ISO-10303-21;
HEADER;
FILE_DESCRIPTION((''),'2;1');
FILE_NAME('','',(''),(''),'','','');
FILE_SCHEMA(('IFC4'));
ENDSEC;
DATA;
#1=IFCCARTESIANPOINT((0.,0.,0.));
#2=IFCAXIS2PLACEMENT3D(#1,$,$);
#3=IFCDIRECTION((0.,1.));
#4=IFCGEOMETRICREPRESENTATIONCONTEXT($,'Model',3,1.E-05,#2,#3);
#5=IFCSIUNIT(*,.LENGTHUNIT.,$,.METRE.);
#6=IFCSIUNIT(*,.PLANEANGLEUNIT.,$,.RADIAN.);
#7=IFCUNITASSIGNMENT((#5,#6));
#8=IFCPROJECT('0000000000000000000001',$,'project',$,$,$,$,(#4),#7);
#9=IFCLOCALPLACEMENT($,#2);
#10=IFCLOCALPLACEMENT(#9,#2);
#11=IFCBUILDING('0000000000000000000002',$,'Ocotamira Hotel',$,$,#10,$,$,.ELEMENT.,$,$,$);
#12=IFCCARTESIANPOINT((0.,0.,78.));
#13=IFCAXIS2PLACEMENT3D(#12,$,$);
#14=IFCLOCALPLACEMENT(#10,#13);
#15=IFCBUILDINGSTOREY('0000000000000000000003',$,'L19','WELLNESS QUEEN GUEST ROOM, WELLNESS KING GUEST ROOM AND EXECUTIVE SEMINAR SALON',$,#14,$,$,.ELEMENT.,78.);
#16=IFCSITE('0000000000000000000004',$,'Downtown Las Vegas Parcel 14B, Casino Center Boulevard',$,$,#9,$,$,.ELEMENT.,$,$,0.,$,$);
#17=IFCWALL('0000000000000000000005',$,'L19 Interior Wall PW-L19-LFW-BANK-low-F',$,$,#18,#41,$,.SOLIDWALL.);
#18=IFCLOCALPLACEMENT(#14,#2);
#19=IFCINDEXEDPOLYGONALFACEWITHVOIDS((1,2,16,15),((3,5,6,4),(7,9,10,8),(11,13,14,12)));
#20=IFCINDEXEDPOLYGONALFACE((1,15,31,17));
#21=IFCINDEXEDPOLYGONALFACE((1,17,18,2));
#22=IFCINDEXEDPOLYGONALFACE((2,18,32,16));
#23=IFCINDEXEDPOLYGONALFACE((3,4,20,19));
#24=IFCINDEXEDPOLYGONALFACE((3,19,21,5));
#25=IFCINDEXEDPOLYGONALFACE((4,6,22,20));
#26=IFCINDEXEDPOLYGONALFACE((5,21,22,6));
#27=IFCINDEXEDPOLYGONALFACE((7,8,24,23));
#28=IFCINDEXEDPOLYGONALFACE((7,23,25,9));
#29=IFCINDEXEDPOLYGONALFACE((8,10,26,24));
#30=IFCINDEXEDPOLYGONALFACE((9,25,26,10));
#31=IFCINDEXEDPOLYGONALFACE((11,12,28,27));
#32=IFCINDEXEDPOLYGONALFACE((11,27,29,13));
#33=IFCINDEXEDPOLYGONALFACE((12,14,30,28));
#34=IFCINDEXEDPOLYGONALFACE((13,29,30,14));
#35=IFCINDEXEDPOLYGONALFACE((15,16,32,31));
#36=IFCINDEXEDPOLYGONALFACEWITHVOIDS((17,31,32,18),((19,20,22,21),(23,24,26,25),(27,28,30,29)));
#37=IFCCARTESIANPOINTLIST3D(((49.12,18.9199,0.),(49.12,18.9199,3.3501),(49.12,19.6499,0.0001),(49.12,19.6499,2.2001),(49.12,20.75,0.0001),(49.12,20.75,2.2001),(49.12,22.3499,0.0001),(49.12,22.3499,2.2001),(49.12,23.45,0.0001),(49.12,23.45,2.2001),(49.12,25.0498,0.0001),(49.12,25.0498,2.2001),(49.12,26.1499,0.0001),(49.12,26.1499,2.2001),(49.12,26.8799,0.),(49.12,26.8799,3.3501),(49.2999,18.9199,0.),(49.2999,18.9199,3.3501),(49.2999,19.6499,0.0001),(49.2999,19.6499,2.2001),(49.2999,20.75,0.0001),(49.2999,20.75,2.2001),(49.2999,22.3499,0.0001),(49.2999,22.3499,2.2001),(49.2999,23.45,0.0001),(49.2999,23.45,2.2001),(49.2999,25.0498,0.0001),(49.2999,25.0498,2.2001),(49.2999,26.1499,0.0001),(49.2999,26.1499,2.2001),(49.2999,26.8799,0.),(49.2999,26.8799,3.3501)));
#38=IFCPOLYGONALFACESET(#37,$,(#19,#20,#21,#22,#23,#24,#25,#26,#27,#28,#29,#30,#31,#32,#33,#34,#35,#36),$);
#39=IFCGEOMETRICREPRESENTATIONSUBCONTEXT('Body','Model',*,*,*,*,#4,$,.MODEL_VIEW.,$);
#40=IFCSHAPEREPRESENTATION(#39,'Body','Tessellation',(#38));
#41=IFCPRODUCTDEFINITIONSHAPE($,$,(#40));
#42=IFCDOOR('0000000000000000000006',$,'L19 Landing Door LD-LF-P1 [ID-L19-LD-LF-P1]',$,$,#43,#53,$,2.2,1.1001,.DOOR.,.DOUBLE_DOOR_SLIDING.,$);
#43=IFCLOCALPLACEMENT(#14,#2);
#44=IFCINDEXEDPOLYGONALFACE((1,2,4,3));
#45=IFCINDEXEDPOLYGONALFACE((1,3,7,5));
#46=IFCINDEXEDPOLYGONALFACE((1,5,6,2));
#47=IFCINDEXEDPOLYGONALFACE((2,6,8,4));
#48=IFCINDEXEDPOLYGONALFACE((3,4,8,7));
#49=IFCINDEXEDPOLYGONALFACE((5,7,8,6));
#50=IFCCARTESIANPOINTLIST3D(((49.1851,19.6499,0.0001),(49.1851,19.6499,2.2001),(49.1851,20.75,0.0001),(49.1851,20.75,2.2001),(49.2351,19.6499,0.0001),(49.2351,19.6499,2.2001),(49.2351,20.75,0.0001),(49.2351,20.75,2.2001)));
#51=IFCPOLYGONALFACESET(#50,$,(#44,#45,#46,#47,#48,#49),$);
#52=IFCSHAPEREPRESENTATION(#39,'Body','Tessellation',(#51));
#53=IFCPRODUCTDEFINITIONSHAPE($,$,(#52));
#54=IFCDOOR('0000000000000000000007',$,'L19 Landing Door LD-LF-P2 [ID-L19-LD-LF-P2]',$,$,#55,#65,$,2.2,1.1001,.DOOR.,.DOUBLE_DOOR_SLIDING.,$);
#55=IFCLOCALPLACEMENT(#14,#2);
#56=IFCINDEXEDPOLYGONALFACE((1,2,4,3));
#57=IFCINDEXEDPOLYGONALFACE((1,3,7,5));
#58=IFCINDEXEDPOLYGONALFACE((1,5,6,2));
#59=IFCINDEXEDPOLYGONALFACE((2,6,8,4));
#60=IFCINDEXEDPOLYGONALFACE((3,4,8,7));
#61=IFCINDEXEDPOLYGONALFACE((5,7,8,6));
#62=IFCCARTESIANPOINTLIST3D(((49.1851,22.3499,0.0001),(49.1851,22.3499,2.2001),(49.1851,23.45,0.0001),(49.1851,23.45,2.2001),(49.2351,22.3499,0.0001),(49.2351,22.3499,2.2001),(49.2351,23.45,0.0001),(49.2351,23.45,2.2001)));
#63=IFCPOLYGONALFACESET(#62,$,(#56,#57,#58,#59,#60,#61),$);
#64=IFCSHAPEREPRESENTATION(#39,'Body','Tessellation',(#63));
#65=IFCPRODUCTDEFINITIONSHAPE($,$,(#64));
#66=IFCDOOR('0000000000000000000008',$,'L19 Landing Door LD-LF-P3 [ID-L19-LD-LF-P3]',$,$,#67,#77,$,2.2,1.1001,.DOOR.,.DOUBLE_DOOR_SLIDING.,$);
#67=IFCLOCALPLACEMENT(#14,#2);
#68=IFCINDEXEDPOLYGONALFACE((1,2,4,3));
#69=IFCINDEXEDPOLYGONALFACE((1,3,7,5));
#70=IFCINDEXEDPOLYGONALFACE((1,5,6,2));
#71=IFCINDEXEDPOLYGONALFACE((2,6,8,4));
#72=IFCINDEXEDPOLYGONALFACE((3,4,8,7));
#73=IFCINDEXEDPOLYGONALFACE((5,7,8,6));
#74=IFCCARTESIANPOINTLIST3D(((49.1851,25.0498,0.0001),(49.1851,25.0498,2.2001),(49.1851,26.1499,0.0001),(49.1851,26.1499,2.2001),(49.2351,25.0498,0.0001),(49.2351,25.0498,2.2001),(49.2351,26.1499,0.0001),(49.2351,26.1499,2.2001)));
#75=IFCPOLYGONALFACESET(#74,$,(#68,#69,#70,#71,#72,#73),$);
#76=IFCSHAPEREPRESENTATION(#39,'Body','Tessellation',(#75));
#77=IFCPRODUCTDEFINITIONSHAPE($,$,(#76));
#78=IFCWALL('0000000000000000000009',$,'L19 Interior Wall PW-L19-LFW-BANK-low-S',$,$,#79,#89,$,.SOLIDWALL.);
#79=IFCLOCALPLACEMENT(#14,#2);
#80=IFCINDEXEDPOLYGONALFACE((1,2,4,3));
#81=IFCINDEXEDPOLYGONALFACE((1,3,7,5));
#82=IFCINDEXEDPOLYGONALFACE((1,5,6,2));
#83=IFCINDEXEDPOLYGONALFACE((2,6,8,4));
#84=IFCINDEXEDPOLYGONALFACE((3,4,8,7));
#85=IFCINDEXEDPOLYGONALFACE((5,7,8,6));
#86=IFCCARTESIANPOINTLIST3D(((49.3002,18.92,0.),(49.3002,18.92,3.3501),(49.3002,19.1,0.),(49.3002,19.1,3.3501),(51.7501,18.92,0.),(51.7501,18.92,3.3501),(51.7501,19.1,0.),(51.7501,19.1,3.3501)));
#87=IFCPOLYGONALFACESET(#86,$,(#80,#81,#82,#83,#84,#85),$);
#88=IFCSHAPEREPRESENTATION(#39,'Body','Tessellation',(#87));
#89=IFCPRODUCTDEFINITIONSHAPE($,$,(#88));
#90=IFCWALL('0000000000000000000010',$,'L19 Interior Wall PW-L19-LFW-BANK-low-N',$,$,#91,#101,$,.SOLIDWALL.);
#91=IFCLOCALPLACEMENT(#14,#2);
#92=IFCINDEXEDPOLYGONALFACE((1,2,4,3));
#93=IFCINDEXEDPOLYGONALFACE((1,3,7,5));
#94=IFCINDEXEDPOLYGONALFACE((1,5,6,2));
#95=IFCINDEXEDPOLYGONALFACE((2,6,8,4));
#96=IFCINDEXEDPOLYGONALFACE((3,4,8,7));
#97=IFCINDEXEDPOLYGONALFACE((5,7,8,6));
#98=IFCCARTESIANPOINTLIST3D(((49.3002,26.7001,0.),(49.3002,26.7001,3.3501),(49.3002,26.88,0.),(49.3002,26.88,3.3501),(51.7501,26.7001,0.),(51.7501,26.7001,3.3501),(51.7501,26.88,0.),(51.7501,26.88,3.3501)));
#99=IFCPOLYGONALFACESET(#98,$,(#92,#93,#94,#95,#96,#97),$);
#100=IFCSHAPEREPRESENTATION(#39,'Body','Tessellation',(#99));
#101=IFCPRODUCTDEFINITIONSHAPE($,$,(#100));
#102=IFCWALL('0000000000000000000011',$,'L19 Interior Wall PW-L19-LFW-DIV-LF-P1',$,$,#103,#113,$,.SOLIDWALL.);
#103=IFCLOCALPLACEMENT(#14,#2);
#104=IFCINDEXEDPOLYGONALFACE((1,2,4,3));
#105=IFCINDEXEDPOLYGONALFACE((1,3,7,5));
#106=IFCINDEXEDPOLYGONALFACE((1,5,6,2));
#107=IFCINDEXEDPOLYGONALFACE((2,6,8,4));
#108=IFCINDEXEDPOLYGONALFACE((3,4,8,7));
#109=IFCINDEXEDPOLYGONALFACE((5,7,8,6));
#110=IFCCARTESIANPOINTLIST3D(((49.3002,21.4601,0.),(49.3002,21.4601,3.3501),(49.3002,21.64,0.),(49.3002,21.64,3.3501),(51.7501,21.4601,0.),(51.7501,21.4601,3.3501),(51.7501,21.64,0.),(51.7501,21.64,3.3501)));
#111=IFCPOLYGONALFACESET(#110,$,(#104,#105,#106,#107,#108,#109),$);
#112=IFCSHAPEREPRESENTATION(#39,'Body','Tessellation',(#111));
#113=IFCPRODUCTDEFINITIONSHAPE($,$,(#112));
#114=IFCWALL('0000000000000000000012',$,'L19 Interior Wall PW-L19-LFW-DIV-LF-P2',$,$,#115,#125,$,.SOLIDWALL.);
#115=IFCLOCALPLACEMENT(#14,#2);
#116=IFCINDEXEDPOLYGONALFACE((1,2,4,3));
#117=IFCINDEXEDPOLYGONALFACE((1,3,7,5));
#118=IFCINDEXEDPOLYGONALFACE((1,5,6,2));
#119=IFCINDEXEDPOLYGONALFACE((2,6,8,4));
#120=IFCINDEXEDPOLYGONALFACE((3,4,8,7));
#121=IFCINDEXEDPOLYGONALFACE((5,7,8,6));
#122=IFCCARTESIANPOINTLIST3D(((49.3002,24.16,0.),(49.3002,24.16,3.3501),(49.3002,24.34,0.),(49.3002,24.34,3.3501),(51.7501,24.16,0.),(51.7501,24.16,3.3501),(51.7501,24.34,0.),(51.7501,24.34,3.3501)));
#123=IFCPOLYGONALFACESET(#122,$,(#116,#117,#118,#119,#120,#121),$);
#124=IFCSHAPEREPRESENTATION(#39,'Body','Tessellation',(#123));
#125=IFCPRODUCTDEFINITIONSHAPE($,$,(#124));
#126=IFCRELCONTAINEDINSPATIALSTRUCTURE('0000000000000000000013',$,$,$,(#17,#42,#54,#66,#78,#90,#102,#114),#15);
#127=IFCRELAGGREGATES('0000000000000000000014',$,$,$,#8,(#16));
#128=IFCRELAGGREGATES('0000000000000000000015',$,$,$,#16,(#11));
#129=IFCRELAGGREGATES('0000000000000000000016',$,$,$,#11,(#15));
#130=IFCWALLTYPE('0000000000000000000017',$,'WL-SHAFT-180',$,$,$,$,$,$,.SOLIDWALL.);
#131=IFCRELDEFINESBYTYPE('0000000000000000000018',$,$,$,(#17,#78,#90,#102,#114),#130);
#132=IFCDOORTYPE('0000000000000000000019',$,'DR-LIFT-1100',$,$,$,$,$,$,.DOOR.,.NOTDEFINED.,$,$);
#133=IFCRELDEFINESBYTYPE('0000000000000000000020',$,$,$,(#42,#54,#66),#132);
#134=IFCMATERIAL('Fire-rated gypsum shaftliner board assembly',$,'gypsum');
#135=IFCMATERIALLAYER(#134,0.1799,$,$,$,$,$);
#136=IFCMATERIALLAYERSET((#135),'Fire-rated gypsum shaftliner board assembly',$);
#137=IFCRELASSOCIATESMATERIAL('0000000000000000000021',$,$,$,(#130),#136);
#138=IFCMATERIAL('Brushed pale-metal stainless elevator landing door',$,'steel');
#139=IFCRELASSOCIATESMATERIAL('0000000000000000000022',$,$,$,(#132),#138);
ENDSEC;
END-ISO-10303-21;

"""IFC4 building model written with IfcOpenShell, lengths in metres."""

from ifc_helpers import new_model, si_unit, direction, frame, frame_2d, origin, place, context, subcontext, project, spatial, rectangle, extrude, source, transform, mapped, material, layer, layer_set, type_object, element, fill, save


model = new_model("IFC4")

# Units and contexts
model_context = context("Model", 3, precision=1e-05, world=origin(), true_north=direction((0.0, 1.0)))
body_context = subcontext(model_context, "Body", "Model", "MODEL_VIEW")
ifc_project = project(units=[si_unit("LENGTHUNIT", "METRE"), si_unit("PLANEANGLEUNIT", "RADIAN")], contexts=[model_context])

# Site, building, storey
site_placement = place(None, origin())
site = spatial("IfcSite", under=ifc_project, at=site_placement, Name="Downtown Las Vegas Parcel 14B, Casino Center Boulevard", CompositionType="ELEMENT", RefElevation=0.0)
building_placement = place(site_placement, origin())
building = spatial("IfcBuilding", under=site, at=building_placement, Name="Ocotamira Hotel", CompositionType="ELEMENT")
storey_placement = place(building_placement, frame((0.0, 0.0, 78.0)))
storey = spatial("IfcBuildingStorey", under=building, at=storey_placement, Name="L19", Description="WELLNESS QUEEN GUEST ROOM, WELLNESS KING GUEST ROOM AND EXECUTIVE SEMINAR SALON", CompositionType="ELEMENT", Elevation=78.0)

# Wall, openings, doors
ifc_material_1 = material(Name="Fire-rated gypsum shaftliner board assembly", Category="gypsum")
ifc_layer_1 = layer(ifc_material_1, 0.1799)
ifc_layer_set_1 = layer_set([ifc_layer_1], Name="Fire-rated gypsum shaftliner board assembly")
wall_type_1 = type_object("IfcWallType", Name="WL-SHAFT-180", PredefinedType="SOLIDWALL", material=ifc_layer_set_1)
wall_1_placement = place(storey_placement, frame((49.21, 18.9199, 0.0), z_axis=(0.0, 0.0, 1.0), x_axis=(0.0, 1.0, 0.0)))
wall_1 = element("IfcWall", 1, at=wall_1_placement, inside=storey, type_object=wall_type_1, Name="L19 Interior Wall PW-L19-LFW-BANK-low-F", PredefinedType="SOLIDWALL", context=body_context, shape_type="SweptSolid", body=[
    extrude(rectangle(XDim=7.96, YDim=0.1799, at=frame_2d((3.98, 0.0))), origin(), (0.0, 0.0, 1.0), 3.3501),
])
opening_1_placement = place(wall_1_placement, frame((0.73, 0.0, 0.0)))
opening_1 = element("IfcOpeningElement", 2, at=opening_1_placement, cuts=wall_1, PredefinedType="OPENING", context=body_context, shape_type="SweptSolid", body=[
    extrude(rectangle(XDim=1.1001, YDim=2.2, at=frame_2d((0.55, 1.1001))), frame((0.0, 0.1001, 0.0), z_axis=(0.0, -1.0, 0.0), x_axis=(1.0, 0.0, 0.0)), (0.0, 0.0, 1.0), 0.2),
])
opening_2_placement = place(wall_1_placement, frame((3.4299, 0.0, 0.0)))
opening_2 = element("IfcOpeningElement", 3, at=opening_2_placement, cuts=wall_1, PredefinedType="OPENING", context=body_context, shape_type="SweptSolid", body=[
    extrude(rectangle(XDim=1.1001, YDim=2.2, at=frame_2d((0.55, 1.1001))), frame((0.0, 0.1001, 0.0), z_axis=(0.0, -1.0, 0.0), x_axis=(1.0, 0.0, 0.0)), (0.0, 0.0, 1.0), 0.2),
])
opening_3_placement = place(wall_1_placement, frame((6.1299, 0.0, 0.0)))
opening_3 = element("IfcOpeningElement", 4, at=opening_3_placement, cuts=wall_1, PredefinedType="OPENING", context=body_context, shape_type="SweptSolid", body=[
    extrude(rectangle(XDim=1.1001, YDim=2.2, at=frame_2d((0.55, 1.1001))), frame((0.0, 0.1001, 0.0), z_axis=(0.0, -1.0, 0.0), x_axis=(1.0, 0.0, 0.0)), (0.0, 0.0, 1.0), 0.2),
])
ifc_material_2 = material(Name="Brushed pale-metal stainless elevator landing door", Category="steel")
door_type = type_object("IfcDoorType", Name="DR-LIFT-1100", OperationType="NOTDEFINED", PredefinedType="DOOR", material=ifc_material_2)
shared_shape_1 = source(origin(), body_context, "Body", "SweptSolid", [
    extrude(rectangle(XDim=1.1001, YDim=2.2, at=frame_2d((0.55, 1.1001))), frame((0.0, 0.0249, 0.0), z_axis=(0.0, -1.0, 0.0), x_axis=(1.0, 0.0, 0.0)), (0.0, 0.0, 1.0), 0.05),
])
door_1_placement = place(opening_1_placement, origin())
door_1 = element("IfcDoor", 5, at=door_1_placement, inside=storey, type_object=door_type, Name="L19 Landing Door LD-LF-P1 [ID-L19-LD-LF-P1]", OperationType="DOUBLE_DOOR_SLIDING", OverallHeight=2.2, OverallWidth=1.1001, PredefinedType="DOOR", context=body_context, shape_type="MappedRepresentation", body=[
    mapped(shared_shape_1, transform((0.0, 0.0, 0.0), scale=1.0)),
])
fill(opening_1, door_1)
door_2_placement = place(opening_2_placement, origin())
door_2 = element("IfcDoor", 6, at=door_2_placement, inside=storey, type_object=door_type, Name="L19 Landing Door LD-LF-P2 [ID-L19-LD-LF-P2]", OperationType="DOUBLE_DOOR_SLIDING", OverallHeight=2.2, OverallWidth=1.1001, PredefinedType="DOOR", context=body_context, shape_type="MappedRepresentation", body=[
    mapped(shared_shape_1, transform((0.0, 0.0, 0.0), scale=1.0)),
])
fill(opening_2, door_2)
door_3_placement = place(opening_3_placement, origin())
door_3 = element("IfcDoor", 7, at=door_3_placement, inside=storey, type_object=door_type, Name="L19 Landing Door LD-LF-P3 [ID-L19-LD-LF-P3]", OperationType="DOUBLE_DOOR_SLIDING", OverallHeight=2.2, OverallWidth=1.1001, PredefinedType="DOOR", context=body_context, shape_type="MappedRepresentation", body=[
    mapped(shared_shape_1, transform((0.0, 0.0, 0.0), scale=1.0)),
])
fill(opening_3, door_3)

# Walls
for number, where, z_axis, x_axis, name in (
    (8, (49.3, 19.01, 0.0), (0.0, 0.0, 1.0), (1.0, 0.0, 0.0), "L19 Interior Wall PW-L19-LFW-BANK-low-S"),
    (9, (49.3, 26.79, 0.0), (0.0, 0.0, 1.0), (1.0, 0.0, 0.0), "L19 Interior Wall PW-L19-LFW-BANK-low-N"),
    (10, (49.3, 21.55, 0.0), (0.0, 0.0, 1.0), (1.0, 0.0, 0.0), "L19 Interior Wall PW-L19-LFW-DIV-LF-P1"),
    (11, (49.3, 24.25, 0.0), (0.0, 0.0, 1.0), (1.0, 0.0, 0.0), "L19 Interior Wall PW-L19-LFW-DIV-LF-P2"),
):
    element("IfcWall", number, at=place(storey_placement, frame(where, z_axis=z_axis, x_axis=x_axis)), inside=storey, type_object=wall_type_1, Name=name, PredefinedType="SOLIDWALL", context=body_context, shape_type="SweptSolid", body=[
        extrude(rectangle(XDim=2.45, YDim=0.1799, at=frame_2d((1.2251, 0.0))), origin(), (0.0, 0.0, 1.0), 3.3501),
    ])

save(model, "model.ifc")
